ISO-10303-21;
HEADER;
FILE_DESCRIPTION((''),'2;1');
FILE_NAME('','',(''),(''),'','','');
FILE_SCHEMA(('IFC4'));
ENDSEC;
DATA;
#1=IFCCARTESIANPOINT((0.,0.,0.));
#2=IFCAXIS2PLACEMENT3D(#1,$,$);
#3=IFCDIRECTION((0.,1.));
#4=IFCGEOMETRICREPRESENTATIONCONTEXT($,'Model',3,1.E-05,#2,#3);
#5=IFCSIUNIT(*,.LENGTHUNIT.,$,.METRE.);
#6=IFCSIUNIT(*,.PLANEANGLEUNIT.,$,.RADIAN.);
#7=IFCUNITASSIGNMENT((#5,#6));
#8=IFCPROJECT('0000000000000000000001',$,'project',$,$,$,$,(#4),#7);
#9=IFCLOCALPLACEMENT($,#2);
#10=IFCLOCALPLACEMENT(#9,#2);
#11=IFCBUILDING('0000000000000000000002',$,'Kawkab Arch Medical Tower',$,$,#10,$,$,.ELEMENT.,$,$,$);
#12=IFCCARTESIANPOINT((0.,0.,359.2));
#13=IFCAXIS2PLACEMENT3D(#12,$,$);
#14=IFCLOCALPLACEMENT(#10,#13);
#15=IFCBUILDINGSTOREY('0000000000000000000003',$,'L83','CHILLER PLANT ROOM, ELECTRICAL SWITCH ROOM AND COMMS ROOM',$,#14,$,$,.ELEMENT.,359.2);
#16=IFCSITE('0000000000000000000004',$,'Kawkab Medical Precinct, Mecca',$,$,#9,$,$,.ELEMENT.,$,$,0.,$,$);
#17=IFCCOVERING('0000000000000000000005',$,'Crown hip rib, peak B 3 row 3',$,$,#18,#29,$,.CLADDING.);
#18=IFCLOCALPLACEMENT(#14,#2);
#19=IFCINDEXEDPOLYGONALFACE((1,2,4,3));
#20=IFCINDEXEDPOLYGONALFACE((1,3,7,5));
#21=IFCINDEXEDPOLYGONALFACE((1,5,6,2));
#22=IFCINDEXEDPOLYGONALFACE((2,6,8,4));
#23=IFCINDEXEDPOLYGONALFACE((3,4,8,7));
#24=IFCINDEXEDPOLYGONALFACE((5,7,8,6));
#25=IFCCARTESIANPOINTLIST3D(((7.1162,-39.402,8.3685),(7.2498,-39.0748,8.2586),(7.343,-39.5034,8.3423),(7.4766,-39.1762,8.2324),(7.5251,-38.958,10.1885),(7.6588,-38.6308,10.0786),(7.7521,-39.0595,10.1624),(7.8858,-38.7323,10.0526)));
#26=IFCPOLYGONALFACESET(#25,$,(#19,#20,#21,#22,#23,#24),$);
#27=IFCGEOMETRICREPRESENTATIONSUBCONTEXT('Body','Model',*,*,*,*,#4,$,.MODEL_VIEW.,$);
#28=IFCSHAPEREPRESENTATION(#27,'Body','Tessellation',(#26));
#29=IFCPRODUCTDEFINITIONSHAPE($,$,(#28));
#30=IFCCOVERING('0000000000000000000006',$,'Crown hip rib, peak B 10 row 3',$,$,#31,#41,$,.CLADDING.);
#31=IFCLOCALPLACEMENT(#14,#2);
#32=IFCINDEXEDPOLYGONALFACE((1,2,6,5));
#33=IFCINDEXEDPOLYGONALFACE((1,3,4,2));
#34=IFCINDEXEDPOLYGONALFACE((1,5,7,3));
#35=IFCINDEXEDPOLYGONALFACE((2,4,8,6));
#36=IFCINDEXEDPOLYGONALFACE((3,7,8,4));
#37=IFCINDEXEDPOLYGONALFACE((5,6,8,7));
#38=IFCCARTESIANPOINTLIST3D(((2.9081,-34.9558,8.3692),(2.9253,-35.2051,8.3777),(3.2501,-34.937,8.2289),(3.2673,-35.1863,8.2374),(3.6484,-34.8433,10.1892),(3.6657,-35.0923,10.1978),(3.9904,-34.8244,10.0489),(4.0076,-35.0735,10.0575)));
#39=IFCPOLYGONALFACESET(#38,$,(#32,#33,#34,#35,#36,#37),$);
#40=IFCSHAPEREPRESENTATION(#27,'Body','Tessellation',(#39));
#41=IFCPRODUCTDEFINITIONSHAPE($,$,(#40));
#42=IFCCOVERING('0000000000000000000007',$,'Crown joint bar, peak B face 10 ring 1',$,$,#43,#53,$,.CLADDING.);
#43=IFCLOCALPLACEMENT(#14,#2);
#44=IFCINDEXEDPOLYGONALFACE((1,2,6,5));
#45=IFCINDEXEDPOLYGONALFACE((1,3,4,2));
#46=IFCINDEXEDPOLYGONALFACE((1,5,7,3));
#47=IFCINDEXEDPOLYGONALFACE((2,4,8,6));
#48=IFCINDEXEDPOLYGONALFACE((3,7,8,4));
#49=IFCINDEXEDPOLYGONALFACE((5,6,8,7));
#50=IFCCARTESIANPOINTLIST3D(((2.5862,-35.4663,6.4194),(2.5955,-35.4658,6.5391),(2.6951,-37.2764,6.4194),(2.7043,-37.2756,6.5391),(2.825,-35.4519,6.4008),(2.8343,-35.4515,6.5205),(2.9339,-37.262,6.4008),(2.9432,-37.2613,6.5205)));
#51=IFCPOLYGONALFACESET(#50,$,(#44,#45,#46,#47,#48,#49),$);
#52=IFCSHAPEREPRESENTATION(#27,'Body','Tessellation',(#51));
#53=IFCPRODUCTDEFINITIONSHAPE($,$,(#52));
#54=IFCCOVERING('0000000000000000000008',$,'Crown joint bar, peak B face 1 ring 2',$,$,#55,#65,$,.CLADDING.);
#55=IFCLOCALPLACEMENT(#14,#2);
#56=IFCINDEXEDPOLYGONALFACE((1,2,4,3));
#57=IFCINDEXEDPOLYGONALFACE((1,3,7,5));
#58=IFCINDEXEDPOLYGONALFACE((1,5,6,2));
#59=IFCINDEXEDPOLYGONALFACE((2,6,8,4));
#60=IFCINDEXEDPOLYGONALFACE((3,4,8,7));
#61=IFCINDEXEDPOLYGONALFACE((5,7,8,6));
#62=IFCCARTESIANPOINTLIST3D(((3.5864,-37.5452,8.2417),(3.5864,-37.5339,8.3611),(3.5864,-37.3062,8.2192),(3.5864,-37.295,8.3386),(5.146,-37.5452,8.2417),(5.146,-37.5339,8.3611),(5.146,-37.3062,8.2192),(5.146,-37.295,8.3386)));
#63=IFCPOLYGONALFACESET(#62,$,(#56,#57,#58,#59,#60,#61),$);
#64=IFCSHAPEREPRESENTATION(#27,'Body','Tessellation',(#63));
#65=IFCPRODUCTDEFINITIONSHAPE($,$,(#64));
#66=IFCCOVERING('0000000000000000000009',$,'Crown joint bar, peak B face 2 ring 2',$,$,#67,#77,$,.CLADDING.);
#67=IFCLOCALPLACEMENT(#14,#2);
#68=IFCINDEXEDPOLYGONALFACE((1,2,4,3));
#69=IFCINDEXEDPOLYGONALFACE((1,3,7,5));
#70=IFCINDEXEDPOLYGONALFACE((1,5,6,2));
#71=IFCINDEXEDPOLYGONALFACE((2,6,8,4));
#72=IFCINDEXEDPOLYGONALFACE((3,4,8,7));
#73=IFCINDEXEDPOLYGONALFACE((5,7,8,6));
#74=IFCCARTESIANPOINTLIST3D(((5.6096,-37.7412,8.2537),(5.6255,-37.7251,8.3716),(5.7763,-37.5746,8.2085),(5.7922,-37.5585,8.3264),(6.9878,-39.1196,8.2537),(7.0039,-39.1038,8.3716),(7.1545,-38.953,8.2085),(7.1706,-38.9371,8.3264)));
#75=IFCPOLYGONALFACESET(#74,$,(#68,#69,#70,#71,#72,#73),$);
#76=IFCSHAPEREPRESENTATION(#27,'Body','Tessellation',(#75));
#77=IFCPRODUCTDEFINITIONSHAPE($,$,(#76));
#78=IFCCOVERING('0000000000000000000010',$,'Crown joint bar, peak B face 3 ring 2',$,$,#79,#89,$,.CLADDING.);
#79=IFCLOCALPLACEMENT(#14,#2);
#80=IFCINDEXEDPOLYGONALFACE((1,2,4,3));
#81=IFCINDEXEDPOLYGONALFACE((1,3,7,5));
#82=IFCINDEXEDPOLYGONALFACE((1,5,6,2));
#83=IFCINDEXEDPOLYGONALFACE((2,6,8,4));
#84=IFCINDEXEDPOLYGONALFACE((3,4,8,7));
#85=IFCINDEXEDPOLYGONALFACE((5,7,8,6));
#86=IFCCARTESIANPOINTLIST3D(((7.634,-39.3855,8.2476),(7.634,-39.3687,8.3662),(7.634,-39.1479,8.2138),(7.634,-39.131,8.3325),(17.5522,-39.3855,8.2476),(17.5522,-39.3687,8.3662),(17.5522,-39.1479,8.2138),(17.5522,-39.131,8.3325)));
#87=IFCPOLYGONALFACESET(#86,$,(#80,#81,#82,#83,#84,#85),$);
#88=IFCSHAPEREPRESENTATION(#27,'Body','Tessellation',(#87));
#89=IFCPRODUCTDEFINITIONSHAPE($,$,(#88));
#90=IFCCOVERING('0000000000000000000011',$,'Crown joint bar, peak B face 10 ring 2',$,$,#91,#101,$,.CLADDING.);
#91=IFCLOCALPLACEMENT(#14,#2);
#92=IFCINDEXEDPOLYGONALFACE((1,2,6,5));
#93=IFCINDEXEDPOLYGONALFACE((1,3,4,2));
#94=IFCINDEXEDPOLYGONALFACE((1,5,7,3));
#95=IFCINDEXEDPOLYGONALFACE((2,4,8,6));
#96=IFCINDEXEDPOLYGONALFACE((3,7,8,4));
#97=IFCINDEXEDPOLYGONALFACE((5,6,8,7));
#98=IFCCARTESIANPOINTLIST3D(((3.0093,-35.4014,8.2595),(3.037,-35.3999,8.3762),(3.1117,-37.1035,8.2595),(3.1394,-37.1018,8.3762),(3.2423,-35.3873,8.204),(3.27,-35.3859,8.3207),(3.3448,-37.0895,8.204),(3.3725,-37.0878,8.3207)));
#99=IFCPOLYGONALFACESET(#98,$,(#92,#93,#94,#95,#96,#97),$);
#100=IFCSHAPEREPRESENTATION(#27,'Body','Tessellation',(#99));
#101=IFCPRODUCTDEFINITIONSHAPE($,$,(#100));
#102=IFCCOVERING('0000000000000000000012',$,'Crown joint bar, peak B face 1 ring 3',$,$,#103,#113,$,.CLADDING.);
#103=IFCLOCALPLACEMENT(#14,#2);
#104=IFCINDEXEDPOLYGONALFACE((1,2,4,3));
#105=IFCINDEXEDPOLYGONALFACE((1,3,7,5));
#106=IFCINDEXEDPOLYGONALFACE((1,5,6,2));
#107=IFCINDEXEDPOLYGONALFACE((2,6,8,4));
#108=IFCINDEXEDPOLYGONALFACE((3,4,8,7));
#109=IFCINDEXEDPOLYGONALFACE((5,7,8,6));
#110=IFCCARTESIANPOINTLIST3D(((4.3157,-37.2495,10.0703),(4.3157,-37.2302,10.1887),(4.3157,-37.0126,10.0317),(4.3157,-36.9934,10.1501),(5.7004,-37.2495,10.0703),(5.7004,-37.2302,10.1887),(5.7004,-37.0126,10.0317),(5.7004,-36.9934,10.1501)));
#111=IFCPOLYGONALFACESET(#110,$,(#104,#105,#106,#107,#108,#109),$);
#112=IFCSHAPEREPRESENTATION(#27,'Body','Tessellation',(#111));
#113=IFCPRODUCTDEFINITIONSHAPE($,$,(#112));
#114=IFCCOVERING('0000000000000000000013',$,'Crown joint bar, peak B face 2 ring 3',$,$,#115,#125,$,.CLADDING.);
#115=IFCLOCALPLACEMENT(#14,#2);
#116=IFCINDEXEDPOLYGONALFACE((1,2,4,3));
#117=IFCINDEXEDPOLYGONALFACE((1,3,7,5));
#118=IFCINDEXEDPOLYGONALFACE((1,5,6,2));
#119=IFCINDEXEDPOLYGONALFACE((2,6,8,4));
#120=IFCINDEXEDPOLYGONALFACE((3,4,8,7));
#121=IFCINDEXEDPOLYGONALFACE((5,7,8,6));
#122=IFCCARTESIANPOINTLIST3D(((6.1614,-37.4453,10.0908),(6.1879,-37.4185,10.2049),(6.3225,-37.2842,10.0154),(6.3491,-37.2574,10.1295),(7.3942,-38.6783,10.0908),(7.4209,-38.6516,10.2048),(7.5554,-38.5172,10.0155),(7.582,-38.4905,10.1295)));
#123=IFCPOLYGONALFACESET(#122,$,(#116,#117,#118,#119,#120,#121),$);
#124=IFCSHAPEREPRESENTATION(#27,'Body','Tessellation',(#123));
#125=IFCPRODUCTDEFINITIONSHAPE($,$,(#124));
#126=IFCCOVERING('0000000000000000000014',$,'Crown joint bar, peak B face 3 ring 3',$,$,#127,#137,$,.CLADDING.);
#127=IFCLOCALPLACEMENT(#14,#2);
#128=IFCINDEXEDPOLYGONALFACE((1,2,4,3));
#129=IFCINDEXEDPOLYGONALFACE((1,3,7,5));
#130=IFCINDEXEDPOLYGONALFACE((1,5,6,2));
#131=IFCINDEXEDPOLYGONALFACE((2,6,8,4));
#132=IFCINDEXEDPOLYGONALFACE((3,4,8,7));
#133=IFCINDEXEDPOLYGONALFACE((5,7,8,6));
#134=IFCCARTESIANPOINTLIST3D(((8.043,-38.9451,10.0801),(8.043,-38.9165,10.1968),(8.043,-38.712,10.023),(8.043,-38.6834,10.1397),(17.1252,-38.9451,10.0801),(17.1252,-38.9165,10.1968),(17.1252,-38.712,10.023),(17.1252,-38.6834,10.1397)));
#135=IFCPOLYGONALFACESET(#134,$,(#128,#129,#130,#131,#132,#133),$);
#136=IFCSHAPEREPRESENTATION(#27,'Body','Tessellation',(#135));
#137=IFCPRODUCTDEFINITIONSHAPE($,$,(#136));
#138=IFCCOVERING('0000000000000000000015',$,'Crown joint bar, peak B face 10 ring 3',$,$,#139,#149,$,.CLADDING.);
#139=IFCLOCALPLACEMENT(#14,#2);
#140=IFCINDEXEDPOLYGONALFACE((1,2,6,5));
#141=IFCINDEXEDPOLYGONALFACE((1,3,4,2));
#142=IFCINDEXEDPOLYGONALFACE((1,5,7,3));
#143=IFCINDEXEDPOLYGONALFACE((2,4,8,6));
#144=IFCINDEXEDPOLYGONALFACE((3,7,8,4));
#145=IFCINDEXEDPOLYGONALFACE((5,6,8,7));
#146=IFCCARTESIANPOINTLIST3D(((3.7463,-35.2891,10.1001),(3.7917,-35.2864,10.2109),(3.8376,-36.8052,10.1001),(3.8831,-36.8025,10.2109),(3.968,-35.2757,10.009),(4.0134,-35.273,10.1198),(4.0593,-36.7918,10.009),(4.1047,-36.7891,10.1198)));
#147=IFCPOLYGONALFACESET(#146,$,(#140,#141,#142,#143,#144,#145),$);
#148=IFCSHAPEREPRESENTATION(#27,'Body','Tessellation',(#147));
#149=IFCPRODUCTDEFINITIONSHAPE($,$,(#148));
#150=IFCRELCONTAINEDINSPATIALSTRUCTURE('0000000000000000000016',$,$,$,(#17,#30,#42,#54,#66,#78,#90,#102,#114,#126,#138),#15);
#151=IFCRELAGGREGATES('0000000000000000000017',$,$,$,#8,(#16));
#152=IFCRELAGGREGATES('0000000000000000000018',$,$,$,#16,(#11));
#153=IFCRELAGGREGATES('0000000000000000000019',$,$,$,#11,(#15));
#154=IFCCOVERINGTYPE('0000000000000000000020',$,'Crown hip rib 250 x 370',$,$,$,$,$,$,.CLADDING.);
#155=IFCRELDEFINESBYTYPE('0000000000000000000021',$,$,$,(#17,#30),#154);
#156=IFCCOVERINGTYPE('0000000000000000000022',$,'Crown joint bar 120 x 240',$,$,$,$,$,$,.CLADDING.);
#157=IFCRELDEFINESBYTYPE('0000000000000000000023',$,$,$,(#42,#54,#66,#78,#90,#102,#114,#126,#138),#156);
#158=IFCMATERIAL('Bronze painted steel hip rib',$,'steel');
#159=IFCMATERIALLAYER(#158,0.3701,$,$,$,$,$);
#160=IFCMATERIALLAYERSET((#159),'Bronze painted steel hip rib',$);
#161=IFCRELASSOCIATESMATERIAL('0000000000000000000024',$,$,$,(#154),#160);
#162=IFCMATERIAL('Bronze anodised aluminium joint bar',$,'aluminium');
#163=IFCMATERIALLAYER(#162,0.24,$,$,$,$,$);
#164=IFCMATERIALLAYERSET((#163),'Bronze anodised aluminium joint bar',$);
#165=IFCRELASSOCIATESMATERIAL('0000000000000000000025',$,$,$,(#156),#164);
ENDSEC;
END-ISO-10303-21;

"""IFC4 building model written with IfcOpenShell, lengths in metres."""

from ifc_helpers import new_model, si_unit, direction, frame, origin, place, context, subcontext, project, spatial, polyline, outline, extrude, material, layer, layer_set, type_object, element, save


model = new_model("IFC4")

# Units and contexts
model_context = context("Model", 3, precision=1e-05, world=origin(), true_north=direction((0.0, 1.0)))
body_context = subcontext(model_context, "Body", "Model", "MODEL_VIEW")
ifc_project = project(units=[si_unit("LENGTHUNIT", "METRE"), si_unit("PLANEANGLEUNIT", "RADIAN")], contexts=[model_context])

# Site, building, storey
site_placement = place(None, origin())
site = spatial("IfcSite", under=ifc_project, at=site_placement, Name="Kawkab Medical Precinct, Mecca", CompositionType="ELEMENT", RefElevation=0.0)
building_placement = place(site_placement, origin())
building = spatial("IfcBuilding", under=site, at=building_placement, Name="Kawkab Arch Medical Tower", CompositionType="ELEMENT")
storey_placement = place(building_placement, frame((0.0, 0.0, 359.2)))
storey = spatial("IfcBuildingStorey", under=building, at=storey_placement, Name="L83", Description="CHILLER PLANT ROOM, ELECTRICAL SWITCH ROOM AND COMMS ROOM", CompositionType="ELEMENT", Elevation=359.2)

# Coverings
ifc_material_1 = material(Name="Bronze painted steel hip rib", Category="steel")
ifc_layer_1 = layer(ifc_material_1, 0.3701)
ifc_layer_set_1 = layer_set([ifc_layer_1], Name="Bronze painted steel hip rib")
covering_type_1 = type_object("IfcCoveringType", Name="Crown hip rib 250 x 370", PredefinedType="CLADDING", material=ifc_layer_set_1)
covering_1_placement = place(storey_placement, frame((7.343, -39.5034, 8.3423), z_axis=(-0.361026, -0.884068, 0.296791), x_axis=(0.213349, 0.231514, 0.949149)))
element("IfcCovering", 1, at=covering_1_placement, inside=storey, type_object=covering_type_1, Name="Crown hip rib, peak B 3 row 3", PredefinedType="CLADDING", context=body_context, shape_type="SweptSolid", body=[
    extrude(outline(polyline([(0.0, 0.0), (1.9176, 0.0), (1.9174, 0.25), (-0.0001, 0.2499), (0.0, 0.0)])), origin(), (0.0, 0.0, -1.0), 0.3701),
])
covering_2_placement = place(storey_placement, frame((2.9253, -35.2051, 8.3777), z_axis=(-0.923997, -0.050835, 0.379005), x_axis=(0.376172, 0.057306, 0.924776)))
element("IfcCovering", 2, at=covering_2_placement, inside=storey, type_object=covering_type_1, Name="Crown hip rib, peak B 10 row 3", PredefinedType="CLADDING", context=body_context, shape_type="SweptSolid", body=[
    extrude(outline(polyline([(0.0, 0.0), (1.9682, 0.0), (1.968, 0.2498), (0.0, 0.25), (0.0, 0.0)])), origin(), (0.0, 0.0, -1.0), 0.3701),
])
ifc_material_2 = material(Name="Bronze anodised aluminium joint bar", Category="aluminium")
ifc_layer_2 = layer(ifc_material_2, 0.24)
ifc_layer_set_2 = layer_set([ifc_layer_2], Name="Bronze anodised aluminium joint bar")
covering_type_2 = type_object("IfcCoveringType", Name="Crown joint bar 120 x 240", PredefinedType="CLADDING", material=ifc_layer_set_2)
covering_3_placement = place(storey_placement, frame((2.5862, -35.4663, 6.4194), z_axis=(-0.995194, -0.059871, 0.077484), x_axis=(0.060052, -0.998195, 0.0)))
element("IfcCovering", 3, at=covering_3_placement, inside=storey, type_object=covering_type_2, Name="Crown joint bar, peak B face 10 ring 1", PredefinedType="CLADDING", context=body_context, shape_type="SweptSolid", body=[
    extrude(outline(polyline([(0.0, 0.0), (1.8133, 0.0), (1.8132, 0.12), (0.0001, 0.12), (0.0, 0.0)])), origin(), (0.0, 0.0, -1.0), 0.24),
])
covering_4_placement = place(storey_placement, frame((3.5864, -37.5452, 8.2417), z_axis=(0.0, -0.995605, 0.093656), x_axis=(1.0, 0.0, 0.0)))
element("IfcCovering", 4, at=covering_4_placement, inside=storey, type_object=covering_type_2, Name="Crown joint bar, peak B face 1 ring 2", PredefinedType="CLADDING", context=body_context, shape_type="SweptSolid", body=[
    extrude(outline(polyline([(0.0, 0.0), (1.5596, 0.0), (1.5596, 0.1199), (0.0, 0.1199), (0.0, 0.0)])), origin(), (0.0, 0.0, -1.0), 0.24),
])
covering_5_placement = place(storey_placement, frame((5.6096, -37.7412, 8.2537), z_axis=(-0.694512, -0.694389, 0.18835), x_axis=(0.707044, -0.707169, 0.0)))
element("IfcCovering", 5, at=covering_5_placement, inside=storey, type_object=covering_type_2, Name="Crown joint bar, peak B face 2 ring 2", PredefinedType="CLADDING", context=body_context, shape_type="SweptSolid", body=[
    extrude(outline(polyline([(0.0, 0.0), (1.9492, 0.0), (1.9494, 0.1201), (-0.0002, 0.1201), (0.0, 0.0)])), origin(), (0.0, 0.0, -1.0), 0.24),
])
covering_6_placement = place(storey_placement, frame((7.634, -39.3855, 8.2476), z_axis=(0.0, -0.990071, 0.140566), x_axis=(1.0, 0.0, 0.0)))
element("IfcCovering", 6, at=covering_6_placement, inside=storey, type_object=covering_type_2, Name="Crown joint bar, peak B face 3 ring 2", PredefinedType="CLADDING", context=body_context, shape_type="SweptSolid", body=[
    extrude(outline(polyline([(0.0, 0.0), (9.9182, 0.0), (9.9182, 0.1198), (0.0, 0.1198), (0.0, 0.0)])), origin(), (0.0, 0.0, -1.0), 0.24),
])
covering_7_placement = place(storey_placement, frame((3.0093, -35.4014, 8.2595), z_axis=(-0.971107, -0.058435, 0.231382), x_axis=(0.060061, -0.998195, -0.000017)))
element("IfcCovering", 7, at=covering_7_placement, inside=storey, type_object=covering_type_2, Name="Crown joint bar, peak B face 10 ring 2", PredefinedType="CLADDING", context=body_context, shape_type="SweptSolid", body=[
    extrude(outline(polyline([(0.0, 0.0), (1.7052, 0.0), (1.7052, 0.12), (0.0002, 0.1199), (0.0, 0.0)])), origin(), (0.0, 0.0, -1.0), 0.24),
])
covering_8_placement = place(storey_placement, frame((4.3157, -37.2495, 10.0703), z_axis=(0.0, -0.986992, 0.160768), x_axis=(1.0, 0.0, 0.0)))
element("IfcCovering", 8, at=covering_8_placement, inside=storey, type_object=covering_type_2, Name="Crown joint bar, peak B face 1 ring 3", PredefinedType="CLADDING", context=body_context, shape_type="SweptSolid", body=[
    extrude(outline(polyline([(0.0, 0.0), (1.3848, 0.0), (1.3848, 0.12), (0.0, 0.12), (0.0, 0.0)])), origin(), (0.0, 0.0, -1.0), 0.24),
])
covering_9_placement = place(storey_placement, frame((6.1614, -37.4453, 10.0908), z_axis=(-0.671354, -0.671287, 0.314098), x_axis=(0.707075, -0.707138, 0.000015)))
element("IfcCovering", 9, at=covering_9_placement, inside=storey, type_object=covering_type_2, Name="Crown joint bar, peak B face 2 ring 3", PredefinedType="CLADDING", context=body_context, shape_type="SweptSolid", body=[
    extrude(outline(polyline([(0.0, 0.0), (1.7436, 0.0), (1.7436, 0.1201), (-0.0002, 0.1201), (0.0, 0.0)])), origin(), (0.0, 0.0, -1.0), 0.24),
])
covering_10_placement = place(storey_placement, frame((8.043, -38.9451, 10.0801), z_axis=(0.0, -0.971326, 0.237751), x_axis=(1.0, 0.0, 0.0)))
element("IfcCovering", 10, at=covering_10_placement, inside=storey, type_object=covering_type_2, Name="Crown joint bar, peak B face 3 ring 3", PredefinedType="CLADDING", context=body_context, shape_type="SweptSolid", body=[
    extrude(outline(polyline([(0.0, 0.0), (9.0823, 0.0), (9.0823, 0.1201), (0.0, 0.1201), (0.0, 0.0)])), origin(), (0.0, 0.0, -1.0), 0.24),
])
covering_11_placement = place(storey_placement, frame((3.7463, -35.2891, 10.1001), z_axis=(-0.923446, -0.055615, 0.379676), x_axis=(0.060117, -0.998191, 0.0)))
element("IfcCovering", 11, at=covering_11_placement, inside=storey, type_object=covering_type_2, Name="Crown joint bar, peak B face 10 ring 3", PredefinedType="CLADDING", context=body_context, shape_type="SweptSolid", body=[
    extrude(outline(polyline([(0.0, 0.0), (1.5189, 0.0), (1.5189, 0.1198), (0.0, 0.1198), (0.0, 0.0)])), origin(), (0.0, 0.0, -1.0), 0.24),
])

save(model, "model.ifc")
